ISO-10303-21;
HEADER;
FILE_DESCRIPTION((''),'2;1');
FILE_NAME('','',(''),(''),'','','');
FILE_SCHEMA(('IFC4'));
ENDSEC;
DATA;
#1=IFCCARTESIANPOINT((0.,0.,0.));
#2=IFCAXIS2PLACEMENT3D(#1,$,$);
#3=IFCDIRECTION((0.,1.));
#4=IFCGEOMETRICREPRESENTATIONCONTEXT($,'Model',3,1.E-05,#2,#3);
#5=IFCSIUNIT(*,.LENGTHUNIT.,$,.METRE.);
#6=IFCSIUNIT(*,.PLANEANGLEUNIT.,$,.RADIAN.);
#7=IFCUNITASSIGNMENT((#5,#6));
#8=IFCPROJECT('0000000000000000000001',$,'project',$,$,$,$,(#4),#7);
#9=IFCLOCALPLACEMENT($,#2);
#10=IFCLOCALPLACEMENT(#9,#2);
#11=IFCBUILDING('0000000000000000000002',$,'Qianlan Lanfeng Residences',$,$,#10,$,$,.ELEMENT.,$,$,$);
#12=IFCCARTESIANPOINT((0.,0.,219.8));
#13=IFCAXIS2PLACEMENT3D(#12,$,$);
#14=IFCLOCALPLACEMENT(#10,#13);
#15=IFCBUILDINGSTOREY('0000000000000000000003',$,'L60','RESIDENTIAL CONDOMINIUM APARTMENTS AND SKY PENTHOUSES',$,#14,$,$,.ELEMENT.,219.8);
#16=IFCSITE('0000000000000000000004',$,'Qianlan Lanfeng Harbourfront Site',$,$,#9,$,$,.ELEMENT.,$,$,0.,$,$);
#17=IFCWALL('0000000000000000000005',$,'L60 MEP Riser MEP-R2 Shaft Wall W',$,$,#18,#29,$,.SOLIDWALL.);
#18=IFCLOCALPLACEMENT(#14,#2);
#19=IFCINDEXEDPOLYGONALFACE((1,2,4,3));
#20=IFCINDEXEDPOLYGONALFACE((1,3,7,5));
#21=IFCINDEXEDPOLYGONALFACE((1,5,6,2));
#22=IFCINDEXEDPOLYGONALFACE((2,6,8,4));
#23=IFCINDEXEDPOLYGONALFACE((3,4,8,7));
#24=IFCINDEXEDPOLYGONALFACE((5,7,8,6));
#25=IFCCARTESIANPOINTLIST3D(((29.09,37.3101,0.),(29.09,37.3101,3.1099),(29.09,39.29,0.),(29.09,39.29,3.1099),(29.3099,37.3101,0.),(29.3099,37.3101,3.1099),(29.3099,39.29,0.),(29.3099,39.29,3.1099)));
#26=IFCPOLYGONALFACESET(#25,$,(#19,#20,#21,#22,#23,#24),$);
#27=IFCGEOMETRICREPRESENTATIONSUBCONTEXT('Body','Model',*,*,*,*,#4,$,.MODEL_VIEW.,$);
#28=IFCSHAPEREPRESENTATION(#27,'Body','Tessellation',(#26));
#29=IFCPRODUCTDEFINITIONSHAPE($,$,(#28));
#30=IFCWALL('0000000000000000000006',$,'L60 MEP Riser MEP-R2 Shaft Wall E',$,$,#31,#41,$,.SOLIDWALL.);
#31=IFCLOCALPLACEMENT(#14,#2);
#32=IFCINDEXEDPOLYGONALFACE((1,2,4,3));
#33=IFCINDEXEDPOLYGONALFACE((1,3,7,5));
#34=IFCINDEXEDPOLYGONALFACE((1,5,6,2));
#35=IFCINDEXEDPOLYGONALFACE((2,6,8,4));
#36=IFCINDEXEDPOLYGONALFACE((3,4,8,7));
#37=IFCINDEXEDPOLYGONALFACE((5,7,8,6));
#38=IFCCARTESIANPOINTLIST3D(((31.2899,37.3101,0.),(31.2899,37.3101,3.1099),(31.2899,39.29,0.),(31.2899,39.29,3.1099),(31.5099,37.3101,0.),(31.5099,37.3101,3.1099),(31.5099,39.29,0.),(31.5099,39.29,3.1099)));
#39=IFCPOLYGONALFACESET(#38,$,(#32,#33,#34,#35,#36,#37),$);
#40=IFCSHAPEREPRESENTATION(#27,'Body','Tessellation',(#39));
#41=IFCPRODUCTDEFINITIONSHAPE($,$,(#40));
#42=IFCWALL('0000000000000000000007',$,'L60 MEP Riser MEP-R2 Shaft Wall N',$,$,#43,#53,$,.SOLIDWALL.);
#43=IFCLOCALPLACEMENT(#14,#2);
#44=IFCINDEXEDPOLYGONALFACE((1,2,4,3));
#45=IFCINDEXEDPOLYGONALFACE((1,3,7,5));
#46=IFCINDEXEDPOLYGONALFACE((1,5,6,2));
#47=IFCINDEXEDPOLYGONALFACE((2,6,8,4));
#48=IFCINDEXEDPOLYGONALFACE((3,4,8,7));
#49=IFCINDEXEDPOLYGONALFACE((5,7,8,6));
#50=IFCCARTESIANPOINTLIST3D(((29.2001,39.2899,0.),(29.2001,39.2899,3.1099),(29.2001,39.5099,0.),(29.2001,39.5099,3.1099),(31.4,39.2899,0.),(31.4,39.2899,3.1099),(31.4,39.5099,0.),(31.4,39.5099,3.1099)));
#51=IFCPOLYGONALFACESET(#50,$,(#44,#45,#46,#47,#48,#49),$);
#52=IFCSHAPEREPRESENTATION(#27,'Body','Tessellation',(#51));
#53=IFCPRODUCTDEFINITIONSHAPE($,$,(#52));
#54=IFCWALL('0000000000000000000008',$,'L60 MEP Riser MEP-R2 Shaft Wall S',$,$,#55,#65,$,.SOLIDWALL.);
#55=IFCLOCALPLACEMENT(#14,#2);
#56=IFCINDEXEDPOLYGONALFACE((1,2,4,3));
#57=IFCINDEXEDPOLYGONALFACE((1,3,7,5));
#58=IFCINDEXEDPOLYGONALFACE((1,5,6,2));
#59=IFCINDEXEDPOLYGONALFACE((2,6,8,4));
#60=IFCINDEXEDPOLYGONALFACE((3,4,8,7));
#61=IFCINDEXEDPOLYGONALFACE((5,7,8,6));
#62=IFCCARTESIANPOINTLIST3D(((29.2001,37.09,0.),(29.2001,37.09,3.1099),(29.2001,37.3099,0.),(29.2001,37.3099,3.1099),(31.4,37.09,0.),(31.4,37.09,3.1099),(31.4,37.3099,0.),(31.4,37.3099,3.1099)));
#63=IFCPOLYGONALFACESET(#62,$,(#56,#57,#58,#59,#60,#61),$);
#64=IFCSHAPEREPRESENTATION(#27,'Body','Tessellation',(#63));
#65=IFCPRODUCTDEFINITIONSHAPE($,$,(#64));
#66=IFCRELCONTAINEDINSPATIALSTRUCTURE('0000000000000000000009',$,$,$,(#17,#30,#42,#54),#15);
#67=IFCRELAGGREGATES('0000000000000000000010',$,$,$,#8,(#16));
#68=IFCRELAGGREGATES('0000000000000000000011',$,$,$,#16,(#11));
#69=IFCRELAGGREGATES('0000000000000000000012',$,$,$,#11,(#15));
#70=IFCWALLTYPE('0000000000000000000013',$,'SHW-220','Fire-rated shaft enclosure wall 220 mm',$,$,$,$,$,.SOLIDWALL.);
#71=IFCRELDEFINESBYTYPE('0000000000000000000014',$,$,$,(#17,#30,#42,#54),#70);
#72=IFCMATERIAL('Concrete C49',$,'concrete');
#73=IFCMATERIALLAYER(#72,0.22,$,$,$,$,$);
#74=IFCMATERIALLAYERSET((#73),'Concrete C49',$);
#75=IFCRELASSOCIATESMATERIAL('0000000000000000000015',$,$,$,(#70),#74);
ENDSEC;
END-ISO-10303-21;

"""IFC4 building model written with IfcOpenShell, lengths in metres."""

from ifc_helpers import new_model, si_unit, direction, frame, frame_2d, origin, place, context, subcontext, project, spatial, rectangle, extrude, material, layer, layer_set, type_object, element, save


model = new_model("IFC4")

# Units and contexts
model_context = context("Model", 3, precision=1e-05, world=origin(), true_north=direction((0.0, 1.0)))
body_context = subcontext(model_context, "Body", "Model", "MODEL_VIEW")
ifc_project = project(units=[si_unit("LENGTHUNIT", "METRE"), si_unit("PLANEANGLEUNIT", "RADIAN")], contexts=[model_context])

# Site, building, storey
site_placement = place(None, origin())
site = spatial("IfcSite", under=ifc_project, at=site_placement, Name="Qianlan Lanfeng Harbourfront Site", CompositionType="ELEMENT", RefElevation=0.0)
building_placement = place(site_placement, origin())
building = spatial("IfcBuilding", under=site, at=building_placement, Name="Qianlan Lanfeng Residences", CompositionType="ELEMENT")
storey_placement = place(building_placement, frame((0.0, 0.0, 219.8)))
storey = spatial("IfcBuildingStorey", under=building, at=storey_placement, Name="L60", Description="RESIDENTIAL CONDOMINIUM APARTMENTS AND SKY PENTHOUSES", CompositionType="ELEMENT", Elevation=219.8)

# Walls
ifc_material_1 = material(Name="Concrete C49", Category="concrete")
ifc_layer_1 = layer(ifc_material_1, 0.22)
ifc_layer_set_1 = layer_set([ifc_layer_1], Name="Concrete C49")
wall_type_1 = type_object("IfcWallType", Name="SHW-220", Description="Fire-rated shaft enclosure wall 220 mm", PredefinedType="SOLIDWALL", material=ifc_layer_set_1)
for number, where, z_axis, x_axis, name in (
    (1, (29.2, 37.3101, 0.0), (0.0, 0.0, 1.0), (0.0, 1.0, 0.0), "L60 MEP Riser MEP-R2 Shaft Wall W"),
    (2, (31.3999, 37.3101, 0.0), (0.0, 0.0, 1.0), (0.0, 1.0, 0.0), "L60 MEP Riser MEP-R2 Shaft Wall E"),
):
    element("IfcWall", number, at=place(storey_placement, frame(where, z_axis=z_axis, x_axis=x_axis)), inside=storey, type_object=wall_type_1, Name=name, PredefinedType="SOLIDWALL", context=body_context, shape_type="SweptSolid", body=[
        extrude(rectangle(XDim=1.98, YDim=0.22, at=frame_2d((0.99, 0.0))), origin(), (0.0, 0.0, 1.0), 3.1099),
    ])
for number, where, z_axis, x_axis, name in (
    (3, (29.2, 39.3999, 0.0), (0.0, 0.0, 1.0), (1.0, 0.0, 0.0), "L60 MEP Riser MEP-R2 Shaft Wall N"),
    (4, (29.2, 37.2, 0.0), (0.0, 0.0, 1.0), (1.0, 0.0, 0.0), "L60 MEP Riser MEP-R2 Shaft Wall S"),
):
    element("IfcWall", number, at=place(storey_placement, frame(where, z_axis=z_axis, x_axis=x_axis)), inside=storey, type_object=wall_type_1, Name=name, PredefinedType="SOLIDWALL", context=body_context, shape_type="SweptSolid", body=[
        extrude(rectangle(XDim=2.2, YDim=0.22, at=frame_2d((1.1001, 0.0))), origin(), (0.0, 0.0, 1.0), 3.1099),
    ])

save(model, "model.ifc")
